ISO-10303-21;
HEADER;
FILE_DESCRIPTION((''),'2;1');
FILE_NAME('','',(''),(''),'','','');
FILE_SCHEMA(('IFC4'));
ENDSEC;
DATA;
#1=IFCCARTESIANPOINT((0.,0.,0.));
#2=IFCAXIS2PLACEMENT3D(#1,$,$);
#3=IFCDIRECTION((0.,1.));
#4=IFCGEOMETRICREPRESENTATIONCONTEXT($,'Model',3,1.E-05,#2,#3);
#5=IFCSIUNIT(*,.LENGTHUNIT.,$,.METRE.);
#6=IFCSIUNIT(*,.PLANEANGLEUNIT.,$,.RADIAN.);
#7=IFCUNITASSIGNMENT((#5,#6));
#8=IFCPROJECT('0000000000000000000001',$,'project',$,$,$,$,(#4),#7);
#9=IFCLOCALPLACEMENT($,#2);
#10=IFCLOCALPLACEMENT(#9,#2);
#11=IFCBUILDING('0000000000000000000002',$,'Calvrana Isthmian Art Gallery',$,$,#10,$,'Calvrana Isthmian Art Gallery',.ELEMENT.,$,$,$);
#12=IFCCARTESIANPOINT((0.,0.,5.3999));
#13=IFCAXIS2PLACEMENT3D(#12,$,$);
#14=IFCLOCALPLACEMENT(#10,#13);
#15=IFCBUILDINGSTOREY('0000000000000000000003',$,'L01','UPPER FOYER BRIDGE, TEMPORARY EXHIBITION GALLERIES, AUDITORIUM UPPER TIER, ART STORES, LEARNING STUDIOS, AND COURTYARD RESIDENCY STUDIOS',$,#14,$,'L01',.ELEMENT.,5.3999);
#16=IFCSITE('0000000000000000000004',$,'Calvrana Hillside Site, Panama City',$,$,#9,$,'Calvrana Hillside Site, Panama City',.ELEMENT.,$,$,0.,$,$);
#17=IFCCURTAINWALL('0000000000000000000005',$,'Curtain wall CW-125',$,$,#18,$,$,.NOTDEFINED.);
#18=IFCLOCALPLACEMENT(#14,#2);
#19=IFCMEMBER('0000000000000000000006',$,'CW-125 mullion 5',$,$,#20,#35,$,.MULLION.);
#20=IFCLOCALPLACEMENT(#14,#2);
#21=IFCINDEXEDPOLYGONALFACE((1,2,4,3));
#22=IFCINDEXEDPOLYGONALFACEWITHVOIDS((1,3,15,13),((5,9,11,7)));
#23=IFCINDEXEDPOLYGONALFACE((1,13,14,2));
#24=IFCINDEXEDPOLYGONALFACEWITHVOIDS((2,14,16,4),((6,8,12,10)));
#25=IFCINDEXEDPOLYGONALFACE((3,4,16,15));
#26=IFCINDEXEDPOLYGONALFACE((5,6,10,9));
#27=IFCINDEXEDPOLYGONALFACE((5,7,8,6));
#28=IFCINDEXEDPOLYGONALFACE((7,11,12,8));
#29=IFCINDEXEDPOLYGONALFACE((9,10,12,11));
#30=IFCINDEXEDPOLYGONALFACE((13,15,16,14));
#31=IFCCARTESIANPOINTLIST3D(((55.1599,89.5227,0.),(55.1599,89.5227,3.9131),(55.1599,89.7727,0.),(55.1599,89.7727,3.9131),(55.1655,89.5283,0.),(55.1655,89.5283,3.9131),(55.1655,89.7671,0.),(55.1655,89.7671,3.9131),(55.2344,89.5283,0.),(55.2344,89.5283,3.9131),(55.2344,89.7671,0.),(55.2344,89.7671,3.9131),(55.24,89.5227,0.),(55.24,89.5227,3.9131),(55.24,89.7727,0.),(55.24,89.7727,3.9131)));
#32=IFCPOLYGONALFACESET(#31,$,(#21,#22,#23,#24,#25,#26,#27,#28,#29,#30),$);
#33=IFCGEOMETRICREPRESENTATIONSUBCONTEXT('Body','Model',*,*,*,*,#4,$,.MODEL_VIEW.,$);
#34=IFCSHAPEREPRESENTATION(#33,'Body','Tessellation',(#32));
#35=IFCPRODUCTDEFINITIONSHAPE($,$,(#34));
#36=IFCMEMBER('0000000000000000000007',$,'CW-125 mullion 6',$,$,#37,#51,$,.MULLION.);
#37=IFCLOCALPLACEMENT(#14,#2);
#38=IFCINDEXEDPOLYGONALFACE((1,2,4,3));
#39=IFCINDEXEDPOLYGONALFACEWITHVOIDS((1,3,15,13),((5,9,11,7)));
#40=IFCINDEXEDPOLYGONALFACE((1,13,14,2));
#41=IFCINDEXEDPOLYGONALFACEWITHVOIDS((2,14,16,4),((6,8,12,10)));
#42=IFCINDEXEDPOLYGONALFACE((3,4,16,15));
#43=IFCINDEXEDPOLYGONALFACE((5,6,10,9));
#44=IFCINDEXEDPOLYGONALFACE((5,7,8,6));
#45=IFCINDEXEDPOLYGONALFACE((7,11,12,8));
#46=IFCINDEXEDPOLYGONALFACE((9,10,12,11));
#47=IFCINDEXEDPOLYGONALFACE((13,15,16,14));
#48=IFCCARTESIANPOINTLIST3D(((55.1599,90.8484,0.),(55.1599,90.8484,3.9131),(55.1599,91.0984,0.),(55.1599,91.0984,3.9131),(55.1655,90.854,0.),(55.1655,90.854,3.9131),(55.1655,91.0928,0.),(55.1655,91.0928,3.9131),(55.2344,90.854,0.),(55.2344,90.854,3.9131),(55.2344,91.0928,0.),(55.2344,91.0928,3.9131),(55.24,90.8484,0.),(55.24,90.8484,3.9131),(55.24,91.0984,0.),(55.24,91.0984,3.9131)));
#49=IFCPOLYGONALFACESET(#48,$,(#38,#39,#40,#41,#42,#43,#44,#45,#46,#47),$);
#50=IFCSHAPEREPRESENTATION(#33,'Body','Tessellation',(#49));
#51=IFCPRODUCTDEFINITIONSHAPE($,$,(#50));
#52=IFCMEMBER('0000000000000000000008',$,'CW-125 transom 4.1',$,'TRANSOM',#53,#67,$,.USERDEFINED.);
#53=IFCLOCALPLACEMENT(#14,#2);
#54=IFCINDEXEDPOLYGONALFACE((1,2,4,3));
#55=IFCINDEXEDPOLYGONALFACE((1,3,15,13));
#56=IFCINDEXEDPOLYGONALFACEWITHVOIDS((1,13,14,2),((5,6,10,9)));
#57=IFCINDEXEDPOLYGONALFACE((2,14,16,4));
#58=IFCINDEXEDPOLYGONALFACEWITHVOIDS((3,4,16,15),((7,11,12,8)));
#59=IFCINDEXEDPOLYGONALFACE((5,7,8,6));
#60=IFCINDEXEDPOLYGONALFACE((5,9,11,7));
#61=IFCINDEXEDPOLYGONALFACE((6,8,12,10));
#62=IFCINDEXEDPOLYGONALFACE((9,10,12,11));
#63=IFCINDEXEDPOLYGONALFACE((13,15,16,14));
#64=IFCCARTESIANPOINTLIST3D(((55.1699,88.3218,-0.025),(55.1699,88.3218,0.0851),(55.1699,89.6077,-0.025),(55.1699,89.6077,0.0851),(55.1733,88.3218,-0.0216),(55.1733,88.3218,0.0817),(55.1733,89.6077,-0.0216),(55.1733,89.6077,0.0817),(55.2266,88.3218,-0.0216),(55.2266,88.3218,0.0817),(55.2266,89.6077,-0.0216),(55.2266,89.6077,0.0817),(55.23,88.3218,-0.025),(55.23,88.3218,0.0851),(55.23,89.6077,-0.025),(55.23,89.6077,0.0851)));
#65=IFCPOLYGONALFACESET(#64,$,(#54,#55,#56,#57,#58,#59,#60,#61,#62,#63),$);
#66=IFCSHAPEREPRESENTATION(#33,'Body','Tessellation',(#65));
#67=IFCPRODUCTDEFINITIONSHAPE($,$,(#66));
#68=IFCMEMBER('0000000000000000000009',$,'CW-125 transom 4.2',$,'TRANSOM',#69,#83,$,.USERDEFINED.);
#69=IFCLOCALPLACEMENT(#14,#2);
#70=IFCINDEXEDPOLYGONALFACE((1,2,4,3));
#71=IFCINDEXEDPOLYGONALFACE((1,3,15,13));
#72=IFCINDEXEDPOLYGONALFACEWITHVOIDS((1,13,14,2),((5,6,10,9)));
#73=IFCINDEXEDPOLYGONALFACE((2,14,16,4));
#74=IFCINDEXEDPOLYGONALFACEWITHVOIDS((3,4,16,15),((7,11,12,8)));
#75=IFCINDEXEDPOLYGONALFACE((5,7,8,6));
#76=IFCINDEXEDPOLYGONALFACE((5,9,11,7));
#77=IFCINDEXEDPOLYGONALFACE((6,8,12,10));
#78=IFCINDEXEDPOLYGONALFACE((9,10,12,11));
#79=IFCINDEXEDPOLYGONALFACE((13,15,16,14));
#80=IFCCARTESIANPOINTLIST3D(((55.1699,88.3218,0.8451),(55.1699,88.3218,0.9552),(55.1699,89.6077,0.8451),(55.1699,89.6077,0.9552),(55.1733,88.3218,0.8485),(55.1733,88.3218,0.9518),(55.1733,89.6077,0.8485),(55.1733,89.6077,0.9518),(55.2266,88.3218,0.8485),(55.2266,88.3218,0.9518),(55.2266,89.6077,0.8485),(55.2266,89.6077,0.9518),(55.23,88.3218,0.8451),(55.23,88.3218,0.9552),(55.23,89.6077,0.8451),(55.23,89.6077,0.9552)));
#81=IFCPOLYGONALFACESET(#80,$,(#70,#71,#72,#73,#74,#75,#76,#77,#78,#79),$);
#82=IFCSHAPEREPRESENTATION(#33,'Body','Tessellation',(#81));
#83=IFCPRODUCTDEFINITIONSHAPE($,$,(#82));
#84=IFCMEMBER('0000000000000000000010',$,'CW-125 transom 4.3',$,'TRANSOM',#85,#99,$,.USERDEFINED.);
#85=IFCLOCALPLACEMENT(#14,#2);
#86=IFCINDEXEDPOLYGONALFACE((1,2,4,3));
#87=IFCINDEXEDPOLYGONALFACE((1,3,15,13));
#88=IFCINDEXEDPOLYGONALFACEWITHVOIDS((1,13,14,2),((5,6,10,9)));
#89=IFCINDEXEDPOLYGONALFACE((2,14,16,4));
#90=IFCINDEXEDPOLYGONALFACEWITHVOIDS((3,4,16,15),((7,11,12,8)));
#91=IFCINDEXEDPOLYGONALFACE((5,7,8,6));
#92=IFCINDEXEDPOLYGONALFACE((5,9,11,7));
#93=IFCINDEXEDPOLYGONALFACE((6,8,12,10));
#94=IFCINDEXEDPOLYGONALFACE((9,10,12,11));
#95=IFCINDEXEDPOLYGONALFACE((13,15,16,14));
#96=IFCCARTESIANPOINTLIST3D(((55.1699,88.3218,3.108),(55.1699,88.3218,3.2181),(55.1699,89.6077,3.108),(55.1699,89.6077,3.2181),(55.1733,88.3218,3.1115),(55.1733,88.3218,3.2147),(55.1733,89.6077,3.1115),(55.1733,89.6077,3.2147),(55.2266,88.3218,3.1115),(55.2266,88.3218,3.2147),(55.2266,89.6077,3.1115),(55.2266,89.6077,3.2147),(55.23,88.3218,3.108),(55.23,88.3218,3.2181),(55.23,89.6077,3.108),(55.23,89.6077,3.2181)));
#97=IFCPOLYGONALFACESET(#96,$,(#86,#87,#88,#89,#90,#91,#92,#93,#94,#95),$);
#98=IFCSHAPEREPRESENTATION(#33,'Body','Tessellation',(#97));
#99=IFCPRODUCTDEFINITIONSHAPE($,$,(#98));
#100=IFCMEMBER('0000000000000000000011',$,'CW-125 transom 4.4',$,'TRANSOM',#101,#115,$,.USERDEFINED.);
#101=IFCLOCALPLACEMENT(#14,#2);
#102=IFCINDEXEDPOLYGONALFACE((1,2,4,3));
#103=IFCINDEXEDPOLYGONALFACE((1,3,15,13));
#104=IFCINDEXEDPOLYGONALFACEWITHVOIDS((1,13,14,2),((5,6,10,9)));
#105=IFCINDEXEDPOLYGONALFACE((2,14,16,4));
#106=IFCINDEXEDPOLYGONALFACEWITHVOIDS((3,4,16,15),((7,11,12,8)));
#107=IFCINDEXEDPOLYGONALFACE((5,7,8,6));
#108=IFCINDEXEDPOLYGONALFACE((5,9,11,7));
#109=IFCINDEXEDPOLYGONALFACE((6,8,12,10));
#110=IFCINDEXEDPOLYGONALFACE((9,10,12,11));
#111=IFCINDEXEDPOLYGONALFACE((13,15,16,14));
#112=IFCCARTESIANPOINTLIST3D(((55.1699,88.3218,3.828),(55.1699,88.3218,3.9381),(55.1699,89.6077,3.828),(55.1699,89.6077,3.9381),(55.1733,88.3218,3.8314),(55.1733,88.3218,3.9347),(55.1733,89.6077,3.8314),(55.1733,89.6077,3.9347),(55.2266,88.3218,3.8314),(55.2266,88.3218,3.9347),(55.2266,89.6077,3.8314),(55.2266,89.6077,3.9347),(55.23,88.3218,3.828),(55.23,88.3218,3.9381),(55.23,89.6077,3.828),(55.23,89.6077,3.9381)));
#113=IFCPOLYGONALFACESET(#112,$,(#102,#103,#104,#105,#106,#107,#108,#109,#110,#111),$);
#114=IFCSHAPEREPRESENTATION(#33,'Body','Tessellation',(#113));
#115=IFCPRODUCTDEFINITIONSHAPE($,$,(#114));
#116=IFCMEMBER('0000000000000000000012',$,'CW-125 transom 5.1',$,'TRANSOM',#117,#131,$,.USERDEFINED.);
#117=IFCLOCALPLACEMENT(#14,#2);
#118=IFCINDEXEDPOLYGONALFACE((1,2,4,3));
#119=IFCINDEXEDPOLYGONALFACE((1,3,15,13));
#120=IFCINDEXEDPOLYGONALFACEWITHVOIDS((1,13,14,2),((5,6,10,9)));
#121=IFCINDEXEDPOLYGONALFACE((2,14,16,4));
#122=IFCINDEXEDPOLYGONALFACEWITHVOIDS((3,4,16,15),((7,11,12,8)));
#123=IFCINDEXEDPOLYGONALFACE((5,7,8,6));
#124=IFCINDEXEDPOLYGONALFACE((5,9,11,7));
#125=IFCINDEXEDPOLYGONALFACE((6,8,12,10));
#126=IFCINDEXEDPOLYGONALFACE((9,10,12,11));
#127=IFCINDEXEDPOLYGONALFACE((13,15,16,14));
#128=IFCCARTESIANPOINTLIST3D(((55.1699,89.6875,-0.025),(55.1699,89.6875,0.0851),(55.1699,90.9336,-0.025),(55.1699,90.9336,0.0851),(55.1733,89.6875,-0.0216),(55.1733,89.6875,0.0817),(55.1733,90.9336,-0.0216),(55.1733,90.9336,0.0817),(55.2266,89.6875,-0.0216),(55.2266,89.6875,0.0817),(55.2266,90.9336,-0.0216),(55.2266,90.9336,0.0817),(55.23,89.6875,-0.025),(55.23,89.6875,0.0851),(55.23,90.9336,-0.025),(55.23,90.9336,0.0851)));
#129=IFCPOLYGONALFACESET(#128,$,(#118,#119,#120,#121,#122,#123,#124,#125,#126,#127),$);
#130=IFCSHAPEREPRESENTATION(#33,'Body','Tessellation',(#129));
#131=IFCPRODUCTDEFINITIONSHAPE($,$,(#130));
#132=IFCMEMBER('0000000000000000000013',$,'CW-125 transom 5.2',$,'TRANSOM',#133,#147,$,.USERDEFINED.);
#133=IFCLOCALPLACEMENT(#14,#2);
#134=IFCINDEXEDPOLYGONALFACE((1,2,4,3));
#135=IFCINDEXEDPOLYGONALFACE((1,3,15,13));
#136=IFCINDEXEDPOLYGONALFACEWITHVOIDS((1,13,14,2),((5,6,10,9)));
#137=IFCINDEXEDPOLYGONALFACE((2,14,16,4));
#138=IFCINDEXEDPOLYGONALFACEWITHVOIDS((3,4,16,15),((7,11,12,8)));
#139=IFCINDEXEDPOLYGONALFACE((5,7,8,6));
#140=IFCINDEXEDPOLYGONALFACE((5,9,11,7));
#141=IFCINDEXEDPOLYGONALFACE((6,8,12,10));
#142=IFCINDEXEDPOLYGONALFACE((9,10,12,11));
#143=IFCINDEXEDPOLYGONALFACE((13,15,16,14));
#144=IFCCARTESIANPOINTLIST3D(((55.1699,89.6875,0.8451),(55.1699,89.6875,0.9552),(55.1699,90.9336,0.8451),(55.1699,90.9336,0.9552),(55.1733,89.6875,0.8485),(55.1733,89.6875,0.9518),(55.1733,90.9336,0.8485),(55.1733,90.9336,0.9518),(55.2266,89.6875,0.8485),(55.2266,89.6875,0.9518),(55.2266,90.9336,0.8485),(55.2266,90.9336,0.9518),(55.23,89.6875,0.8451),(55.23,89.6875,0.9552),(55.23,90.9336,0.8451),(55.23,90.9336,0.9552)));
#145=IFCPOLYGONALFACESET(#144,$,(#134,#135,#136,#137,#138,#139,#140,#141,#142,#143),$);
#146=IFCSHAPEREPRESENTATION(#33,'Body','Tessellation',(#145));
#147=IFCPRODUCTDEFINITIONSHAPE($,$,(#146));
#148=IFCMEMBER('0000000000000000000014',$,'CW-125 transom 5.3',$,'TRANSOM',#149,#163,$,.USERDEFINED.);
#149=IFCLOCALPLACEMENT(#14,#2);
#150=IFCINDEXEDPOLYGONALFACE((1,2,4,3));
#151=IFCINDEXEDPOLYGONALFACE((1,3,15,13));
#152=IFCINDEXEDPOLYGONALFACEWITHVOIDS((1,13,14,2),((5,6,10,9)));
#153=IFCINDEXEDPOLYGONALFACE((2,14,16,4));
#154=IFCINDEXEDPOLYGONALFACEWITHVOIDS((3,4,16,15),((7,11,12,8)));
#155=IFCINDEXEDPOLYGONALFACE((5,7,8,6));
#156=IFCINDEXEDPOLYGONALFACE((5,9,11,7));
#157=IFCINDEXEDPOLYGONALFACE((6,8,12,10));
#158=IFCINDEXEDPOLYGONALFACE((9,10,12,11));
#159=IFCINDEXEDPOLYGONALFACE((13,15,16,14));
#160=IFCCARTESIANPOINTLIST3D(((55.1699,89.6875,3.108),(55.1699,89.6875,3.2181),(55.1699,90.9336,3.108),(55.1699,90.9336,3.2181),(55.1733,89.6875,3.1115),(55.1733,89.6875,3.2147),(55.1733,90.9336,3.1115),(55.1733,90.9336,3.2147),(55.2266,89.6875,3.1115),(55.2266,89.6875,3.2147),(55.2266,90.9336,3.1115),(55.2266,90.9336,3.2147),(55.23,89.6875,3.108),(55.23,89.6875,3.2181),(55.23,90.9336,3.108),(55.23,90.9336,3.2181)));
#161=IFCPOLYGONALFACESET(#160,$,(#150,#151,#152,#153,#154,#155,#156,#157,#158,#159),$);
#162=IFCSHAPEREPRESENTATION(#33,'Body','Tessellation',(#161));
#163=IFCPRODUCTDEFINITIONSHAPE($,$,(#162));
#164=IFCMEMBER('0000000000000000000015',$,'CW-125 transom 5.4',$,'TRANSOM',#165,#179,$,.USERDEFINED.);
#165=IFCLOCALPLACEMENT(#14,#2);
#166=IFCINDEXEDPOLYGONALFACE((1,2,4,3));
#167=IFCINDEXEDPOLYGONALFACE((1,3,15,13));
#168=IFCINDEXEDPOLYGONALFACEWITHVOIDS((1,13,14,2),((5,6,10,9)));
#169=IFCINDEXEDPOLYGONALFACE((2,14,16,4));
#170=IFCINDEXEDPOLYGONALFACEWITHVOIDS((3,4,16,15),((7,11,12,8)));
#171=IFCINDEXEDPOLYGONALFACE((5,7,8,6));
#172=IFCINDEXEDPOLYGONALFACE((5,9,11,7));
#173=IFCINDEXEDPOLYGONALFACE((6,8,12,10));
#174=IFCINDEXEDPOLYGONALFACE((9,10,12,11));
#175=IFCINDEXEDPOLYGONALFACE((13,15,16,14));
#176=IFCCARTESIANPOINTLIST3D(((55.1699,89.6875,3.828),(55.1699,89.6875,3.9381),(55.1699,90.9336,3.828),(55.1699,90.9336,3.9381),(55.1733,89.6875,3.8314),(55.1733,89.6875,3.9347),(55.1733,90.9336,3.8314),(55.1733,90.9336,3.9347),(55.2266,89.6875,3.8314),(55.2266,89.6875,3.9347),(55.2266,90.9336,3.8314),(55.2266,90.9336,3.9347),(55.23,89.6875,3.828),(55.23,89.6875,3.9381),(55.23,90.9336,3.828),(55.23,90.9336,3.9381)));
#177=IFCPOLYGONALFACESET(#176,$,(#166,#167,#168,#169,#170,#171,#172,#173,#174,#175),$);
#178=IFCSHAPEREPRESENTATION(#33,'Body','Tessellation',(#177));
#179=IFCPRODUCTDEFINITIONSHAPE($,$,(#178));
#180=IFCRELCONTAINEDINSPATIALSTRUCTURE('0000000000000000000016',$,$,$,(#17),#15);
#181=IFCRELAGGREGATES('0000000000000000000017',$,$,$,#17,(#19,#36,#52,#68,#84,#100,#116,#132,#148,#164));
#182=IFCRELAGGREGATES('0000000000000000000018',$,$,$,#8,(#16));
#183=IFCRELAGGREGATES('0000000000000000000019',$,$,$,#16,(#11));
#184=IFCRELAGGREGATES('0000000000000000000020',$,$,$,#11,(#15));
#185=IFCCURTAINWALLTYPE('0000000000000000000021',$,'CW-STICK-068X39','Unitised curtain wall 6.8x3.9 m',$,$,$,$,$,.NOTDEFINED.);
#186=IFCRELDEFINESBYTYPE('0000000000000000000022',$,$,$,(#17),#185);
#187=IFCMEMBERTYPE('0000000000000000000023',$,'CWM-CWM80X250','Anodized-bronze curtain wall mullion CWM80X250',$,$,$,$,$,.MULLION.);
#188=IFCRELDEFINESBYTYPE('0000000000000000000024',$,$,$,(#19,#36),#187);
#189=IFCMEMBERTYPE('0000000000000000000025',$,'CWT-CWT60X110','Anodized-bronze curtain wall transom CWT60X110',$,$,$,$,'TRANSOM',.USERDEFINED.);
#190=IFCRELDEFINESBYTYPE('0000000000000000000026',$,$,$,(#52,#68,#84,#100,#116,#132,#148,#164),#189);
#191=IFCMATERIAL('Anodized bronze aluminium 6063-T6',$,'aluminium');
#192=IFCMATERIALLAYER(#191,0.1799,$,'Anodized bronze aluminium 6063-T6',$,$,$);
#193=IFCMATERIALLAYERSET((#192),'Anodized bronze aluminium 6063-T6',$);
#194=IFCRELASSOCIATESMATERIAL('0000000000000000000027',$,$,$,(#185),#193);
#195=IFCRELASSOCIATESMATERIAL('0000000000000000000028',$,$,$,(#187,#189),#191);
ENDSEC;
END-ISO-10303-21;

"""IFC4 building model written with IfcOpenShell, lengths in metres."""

from ifc_helpers import new_model, si_unit, direction, frame, origin, origin_2d, place, context, subcontext, project, spatial, hollow_rectangle, extrude, material, layer, layer_set, material_profile, profile_set, type_object, element, aggregate, save


model = new_model("IFC4")

# Units and contexts
model_context = context("Model", 3, precision=1e-05, world=origin(), true_north=direction((0.0, 1.0)))
body_context = subcontext(model_context, "Body", "Model", "MODEL_VIEW")
ifc_project = project(units=[si_unit("LENGTHUNIT", "METRE"), si_unit("PLANEANGLEUNIT", "RADIAN")], contexts=[model_context])

# Site, building, storey
site_placement = place(None, origin())
site = spatial("IfcSite", under=ifc_project, at=site_placement, Name="Calvrana Hillside Site, Panama City", LongName="Calvrana Hillside Site, Panama City", CompositionType="ELEMENT", RefElevation=0.0)
building_placement = place(site_placement, origin())
building = spatial("IfcBuilding", under=site, at=building_placement, Name="Calvrana Isthmian Art Gallery", LongName="Calvrana Isthmian Art Gallery", CompositionType="ELEMENT")
storey_placement = place(building_placement, frame((0.0, 0.0, 5.3999)))
storey = spatial("IfcBuildingStorey", under=building, at=storey_placement, Name="L01", Description="UPPER FOYER BRIDGE, TEMPORARY EXHIBITION GALLERIES, AUDITORIUM UPPER TIER, ART STORES, LEARNING STUDIOS, AND COURTYARD RESIDENCY STUDIOS", LongName="L01", CompositionType="ELEMENT", Elevation=5.3999)

# Shared definitions
ifc_material_1 = material(Name="Anodized bronze aluminium 6063-T6", Category="aluminium")

# Curtain wall, members
ifc_layer_1 = layer(ifc_material_1, 0.1799, Name="Anodized bronze aluminium 6063-T6")
ifc_layer_set_1 = layer_set([ifc_layer_1], Name="Anodized bronze aluminium 6063-T6")
curtain_wall_type_1 = type_object("IfcCurtainWallType", Name="CW-STICK-068X39", Description="Unitised curtain wall 6.8x3.9 m", PredefinedType="NOTDEFINED", material=ifc_layer_set_1)
curtain_wall_1_placement = place(storey_placement, origin())
curtain_wall_1 = element("IfcCurtainWall", 1, at=curtain_wall_1_placement, inside=storey, type_object=curtain_wall_type_1, Name="Curtain wall CW-125", PredefinedType="NOTDEFINED")
ifc_material_profile_1 = material_profile(ifc_material_1, hollow_rectangle(XDim=0.0801, YDim=0.25, WallThickness=0.0056, at=origin_2d()), Name="CWM80X250")
ifc_profile_set_1 = profile_set([ifc_material_profile_1], Name="Anodized bronze aluminium 6063-T6")
member_type_1 = type_object("IfcMemberType", Name="CWM-CWM80X250", Description="Anodized-bronze curtain wall mullion CWM80X250", PredefinedType="MULLION", material=ifc_profile_set_1)
member_1_placement = place(storey_placement, frame((55.2, 89.6477, 0.0), z_axis=(0.0, 0.0, 1.0), x_axis=(-1.0, 0.0, 0.0)))
member_1 = element("IfcMember", 2, at=member_1_placement, type_object=member_type_1, Name="CW-125 mullion 5", PredefinedType="MULLION", context=body_context, shape_type="SweptSolid", body=[
    extrude(hollow_rectangle(XDim=0.0801, YDim=0.25, WallThickness=0.0056, at=origin_2d()), origin(), (0.0, 0.0, 1.0), 3.9131),
])
member_2_placement = place(storey_placement, frame((55.2, 90.9734, 0.0), z_axis=(0.0, 0.0, 1.0), x_axis=(-1.0, 0.0, 0.0)))
member_2 = element("IfcMember", 3, at=member_2_placement, type_object=member_type_1, Name="CW-125 mullion 6", PredefinedType="MULLION", context=body_context, shape_type="SweptSolid", body=[
    extrude(hollow_rectangle(XDim=0.0801, YDim=0.25, WallThickness=0.0056, at=origin_2d()), origin(), (0.0, 0.0, 1.0), 3.9131),
])
ifc_material_profile_2 = material_profile(ifc_material_1, hollow_rectangle(XDim=0.0601, YDim=0.1101, WallThickness=0.0034, at=origin_2d()), Name="CWT60X110")
ifc_profile_set_2 = profile_set([ifc_material_profile_2], Name="Anodized bronze aluminium 6063-T6")
member_type_2 = type_object("IfcMemberType", Name="CWT-CWT60X110", Description="Anodized-bronze curtain wall transom CWT60X110", ElementType="TRANSOM", PredefinedType="USERDEFINED", material=ifc_profile_set_2)
member_3_placement = place(storey_placement, frame((55.2, 88.3218, 0.03), z_axis=(0.0, 1.0, 0.0), x_axis=(-1.0, 0.0, 0.0)))
member_3 = element("IfcMember", 4, at=member_3_placement, type_object=member_type_2, Name="CW-125 transom 4.1", ObjectType="TRANSOM", PredefinedType="USERDEFINED", context=body_context, shape_type="SweptSolid", body=[
    extrude(hollow_rectangle(XDim=0.0601, YDim=0.1101, WallThickness=0.0034, at=origin_2d()), origin(), (0.0, 0.0, 1.0), 1.2859),
])
member_4_placement = place(storey_placement, frame((55.2, 88.3218, 0.9001), z_axis=(0.0, 1.0, 0.0), x_axis=(-1.0, 0.0, 0.0)))
member_4 = element("IfcMember", 5, at=member_4_placement, type_object=member_type_2, Name="CW-125 transom 4.2", ObjectType="TRANSOM", PredefinedType="USERDEFINED", context=body_context, shape_type="SweptSolid", body=[
    extrude(hollow_rectangle(XDim=0.0601, YDim=0.1101, WallThickness=0.0034, at=origin_2d()), origin(), (0.0, 0.0, 1.0), 1.2859),
])
member_5_placement = place(storey_placement, frame((55.2, 88.3218, 3.1631), z_axis=(0.0, 1.0, 0.0), x_axis=(-1.0, 0.0, 0.0)))
member_5 = element("IfcMember", 6, at=member_5_placement, type_object=member_type_2, Name="CW-125 transom 4.3", ObjectType="TRANSOM", PredefinedType="USERDEFINED", context=body_context, shape_type="SweptSolid", body=[
    extrude(hollow_rectangle(XDim=0.0601, YDim=0.1101, WallThickness=0.0034, at=origin_2d()), origin(), (0.0, 0.0, 1.0), 1.2859),
])
member_6_placement = place(storey_placement, frame((55.2, 88.3218, 3.8831), z_axis=(0.0, 1.0, 0.0), x_axis=(-1.0, 0.0, 0.0)))
member_6 = element("IfcMember", 7, at=member_6_placement, type_object=member_type_2, Name="CW-125 transom 4.4", ObjectType="TRANSOM", PredefinedType="USERDEFINED", context=body_context, shape_type="SweptSolid", body=[
    extrude(hollow_rectangle(XDim=0.0601, YDim=0.1101, WallThickness=0.0034, at=origin_2d()), origin(), (0.0, 0.0, 1.0), 1.2859),
])
member_7_placement = place(storey_placement, frame((55.2, 89.6875, 0.03), z_axis=(0.0, 1.0, 0.0), x_axis=(-1.0, 0.0, 0.0)))
member_7 = element("IfcMember", 8, at=member_7_placement, type_object=member_type_2, Name="CW-125 transom 5.1", ObjectType="TRANSOM", PredefinedType="USERDEFINED", context=body_context, shape_type="SweptSolid", body=[
    extrude(hollow_rectangle(XDim=0.0601, YDim=0.1101, WallThickness=0.0034, at=origin_2d()), origin(), (0.0, 0.0, 1.0), 1.2461),
])
member_8_placement = place(storey_placement, frame((55.2, 89.6875, 0.9001), z_axis=(0.0, 1.0, 0.0), x_axis=(-1.0, 0.0, 0.0)))
member_8 = element("IfcMember", 9, at=member_8_placement, type_object=member_type_2, Name="CW-125 transom 5.2", ObjectType="TRANSOM", PredefinedType="USERDEFINED", context=body_context, shape_type="SweptSolid", body=[
    extrude(hollow_rectangle(XDim=0.0601, YDim=0.1101, WallThickness=0.0034, at=origin_2d()), origin(), (0.0, 0.0, 1.0), 1.2461),
])
member_9_placement = place(storey_placement, frame((55.2, 89.6875, 3.1631), z_axis=(0.0, 1.0, 0.0), x_axis=(-1.0, 0.0, 0.0)))
member_9 = element("IfcMember", 10, at=member_9_placement, type_object=member_type_2, Name="CW-125 transom 5.3", ObjectType="TRANSOM", PredefinedType="USERDEFINED", context=body_context, shape_type="SweptSolid", body=[
    extrude(hollow_rectangle(XDim=0.0601, YDim=0.1101, WallThickness=0.0034, at=origin_2d()), origin(), (0.0, 0.0, 1.0), 1.2461),
])
member_10_placement = place(storey_placement, frame((55.2, 89.6875, 3.8831), z_axis=(0.0, 1.0, 0.0), x_axis=(-1.0, 0.0, 0.0)))
member_10 = element("IfcMember", 11, at=member_10_placement, type_object=member_type_2, Name="CW-125 transom 5.4", ObjectType="TRANSOM", PredefinedType="USERDEFINED", context=body_context, shape_type="SweptSolid", body=[
    extrude(hollow_rectangle(XDim=0.0601, YDim=0.1101, WallThickness=0.0034, at=origin_2d()), origin(), (0.0, 0.0, 1.0), 1.2461),
])

aggregate(curtain_wall_1, [member_1, member_2, member_3, member_4, member_5, member_6, member_7, member_8, member_9, member_10])

save(model, "model.ifc")
